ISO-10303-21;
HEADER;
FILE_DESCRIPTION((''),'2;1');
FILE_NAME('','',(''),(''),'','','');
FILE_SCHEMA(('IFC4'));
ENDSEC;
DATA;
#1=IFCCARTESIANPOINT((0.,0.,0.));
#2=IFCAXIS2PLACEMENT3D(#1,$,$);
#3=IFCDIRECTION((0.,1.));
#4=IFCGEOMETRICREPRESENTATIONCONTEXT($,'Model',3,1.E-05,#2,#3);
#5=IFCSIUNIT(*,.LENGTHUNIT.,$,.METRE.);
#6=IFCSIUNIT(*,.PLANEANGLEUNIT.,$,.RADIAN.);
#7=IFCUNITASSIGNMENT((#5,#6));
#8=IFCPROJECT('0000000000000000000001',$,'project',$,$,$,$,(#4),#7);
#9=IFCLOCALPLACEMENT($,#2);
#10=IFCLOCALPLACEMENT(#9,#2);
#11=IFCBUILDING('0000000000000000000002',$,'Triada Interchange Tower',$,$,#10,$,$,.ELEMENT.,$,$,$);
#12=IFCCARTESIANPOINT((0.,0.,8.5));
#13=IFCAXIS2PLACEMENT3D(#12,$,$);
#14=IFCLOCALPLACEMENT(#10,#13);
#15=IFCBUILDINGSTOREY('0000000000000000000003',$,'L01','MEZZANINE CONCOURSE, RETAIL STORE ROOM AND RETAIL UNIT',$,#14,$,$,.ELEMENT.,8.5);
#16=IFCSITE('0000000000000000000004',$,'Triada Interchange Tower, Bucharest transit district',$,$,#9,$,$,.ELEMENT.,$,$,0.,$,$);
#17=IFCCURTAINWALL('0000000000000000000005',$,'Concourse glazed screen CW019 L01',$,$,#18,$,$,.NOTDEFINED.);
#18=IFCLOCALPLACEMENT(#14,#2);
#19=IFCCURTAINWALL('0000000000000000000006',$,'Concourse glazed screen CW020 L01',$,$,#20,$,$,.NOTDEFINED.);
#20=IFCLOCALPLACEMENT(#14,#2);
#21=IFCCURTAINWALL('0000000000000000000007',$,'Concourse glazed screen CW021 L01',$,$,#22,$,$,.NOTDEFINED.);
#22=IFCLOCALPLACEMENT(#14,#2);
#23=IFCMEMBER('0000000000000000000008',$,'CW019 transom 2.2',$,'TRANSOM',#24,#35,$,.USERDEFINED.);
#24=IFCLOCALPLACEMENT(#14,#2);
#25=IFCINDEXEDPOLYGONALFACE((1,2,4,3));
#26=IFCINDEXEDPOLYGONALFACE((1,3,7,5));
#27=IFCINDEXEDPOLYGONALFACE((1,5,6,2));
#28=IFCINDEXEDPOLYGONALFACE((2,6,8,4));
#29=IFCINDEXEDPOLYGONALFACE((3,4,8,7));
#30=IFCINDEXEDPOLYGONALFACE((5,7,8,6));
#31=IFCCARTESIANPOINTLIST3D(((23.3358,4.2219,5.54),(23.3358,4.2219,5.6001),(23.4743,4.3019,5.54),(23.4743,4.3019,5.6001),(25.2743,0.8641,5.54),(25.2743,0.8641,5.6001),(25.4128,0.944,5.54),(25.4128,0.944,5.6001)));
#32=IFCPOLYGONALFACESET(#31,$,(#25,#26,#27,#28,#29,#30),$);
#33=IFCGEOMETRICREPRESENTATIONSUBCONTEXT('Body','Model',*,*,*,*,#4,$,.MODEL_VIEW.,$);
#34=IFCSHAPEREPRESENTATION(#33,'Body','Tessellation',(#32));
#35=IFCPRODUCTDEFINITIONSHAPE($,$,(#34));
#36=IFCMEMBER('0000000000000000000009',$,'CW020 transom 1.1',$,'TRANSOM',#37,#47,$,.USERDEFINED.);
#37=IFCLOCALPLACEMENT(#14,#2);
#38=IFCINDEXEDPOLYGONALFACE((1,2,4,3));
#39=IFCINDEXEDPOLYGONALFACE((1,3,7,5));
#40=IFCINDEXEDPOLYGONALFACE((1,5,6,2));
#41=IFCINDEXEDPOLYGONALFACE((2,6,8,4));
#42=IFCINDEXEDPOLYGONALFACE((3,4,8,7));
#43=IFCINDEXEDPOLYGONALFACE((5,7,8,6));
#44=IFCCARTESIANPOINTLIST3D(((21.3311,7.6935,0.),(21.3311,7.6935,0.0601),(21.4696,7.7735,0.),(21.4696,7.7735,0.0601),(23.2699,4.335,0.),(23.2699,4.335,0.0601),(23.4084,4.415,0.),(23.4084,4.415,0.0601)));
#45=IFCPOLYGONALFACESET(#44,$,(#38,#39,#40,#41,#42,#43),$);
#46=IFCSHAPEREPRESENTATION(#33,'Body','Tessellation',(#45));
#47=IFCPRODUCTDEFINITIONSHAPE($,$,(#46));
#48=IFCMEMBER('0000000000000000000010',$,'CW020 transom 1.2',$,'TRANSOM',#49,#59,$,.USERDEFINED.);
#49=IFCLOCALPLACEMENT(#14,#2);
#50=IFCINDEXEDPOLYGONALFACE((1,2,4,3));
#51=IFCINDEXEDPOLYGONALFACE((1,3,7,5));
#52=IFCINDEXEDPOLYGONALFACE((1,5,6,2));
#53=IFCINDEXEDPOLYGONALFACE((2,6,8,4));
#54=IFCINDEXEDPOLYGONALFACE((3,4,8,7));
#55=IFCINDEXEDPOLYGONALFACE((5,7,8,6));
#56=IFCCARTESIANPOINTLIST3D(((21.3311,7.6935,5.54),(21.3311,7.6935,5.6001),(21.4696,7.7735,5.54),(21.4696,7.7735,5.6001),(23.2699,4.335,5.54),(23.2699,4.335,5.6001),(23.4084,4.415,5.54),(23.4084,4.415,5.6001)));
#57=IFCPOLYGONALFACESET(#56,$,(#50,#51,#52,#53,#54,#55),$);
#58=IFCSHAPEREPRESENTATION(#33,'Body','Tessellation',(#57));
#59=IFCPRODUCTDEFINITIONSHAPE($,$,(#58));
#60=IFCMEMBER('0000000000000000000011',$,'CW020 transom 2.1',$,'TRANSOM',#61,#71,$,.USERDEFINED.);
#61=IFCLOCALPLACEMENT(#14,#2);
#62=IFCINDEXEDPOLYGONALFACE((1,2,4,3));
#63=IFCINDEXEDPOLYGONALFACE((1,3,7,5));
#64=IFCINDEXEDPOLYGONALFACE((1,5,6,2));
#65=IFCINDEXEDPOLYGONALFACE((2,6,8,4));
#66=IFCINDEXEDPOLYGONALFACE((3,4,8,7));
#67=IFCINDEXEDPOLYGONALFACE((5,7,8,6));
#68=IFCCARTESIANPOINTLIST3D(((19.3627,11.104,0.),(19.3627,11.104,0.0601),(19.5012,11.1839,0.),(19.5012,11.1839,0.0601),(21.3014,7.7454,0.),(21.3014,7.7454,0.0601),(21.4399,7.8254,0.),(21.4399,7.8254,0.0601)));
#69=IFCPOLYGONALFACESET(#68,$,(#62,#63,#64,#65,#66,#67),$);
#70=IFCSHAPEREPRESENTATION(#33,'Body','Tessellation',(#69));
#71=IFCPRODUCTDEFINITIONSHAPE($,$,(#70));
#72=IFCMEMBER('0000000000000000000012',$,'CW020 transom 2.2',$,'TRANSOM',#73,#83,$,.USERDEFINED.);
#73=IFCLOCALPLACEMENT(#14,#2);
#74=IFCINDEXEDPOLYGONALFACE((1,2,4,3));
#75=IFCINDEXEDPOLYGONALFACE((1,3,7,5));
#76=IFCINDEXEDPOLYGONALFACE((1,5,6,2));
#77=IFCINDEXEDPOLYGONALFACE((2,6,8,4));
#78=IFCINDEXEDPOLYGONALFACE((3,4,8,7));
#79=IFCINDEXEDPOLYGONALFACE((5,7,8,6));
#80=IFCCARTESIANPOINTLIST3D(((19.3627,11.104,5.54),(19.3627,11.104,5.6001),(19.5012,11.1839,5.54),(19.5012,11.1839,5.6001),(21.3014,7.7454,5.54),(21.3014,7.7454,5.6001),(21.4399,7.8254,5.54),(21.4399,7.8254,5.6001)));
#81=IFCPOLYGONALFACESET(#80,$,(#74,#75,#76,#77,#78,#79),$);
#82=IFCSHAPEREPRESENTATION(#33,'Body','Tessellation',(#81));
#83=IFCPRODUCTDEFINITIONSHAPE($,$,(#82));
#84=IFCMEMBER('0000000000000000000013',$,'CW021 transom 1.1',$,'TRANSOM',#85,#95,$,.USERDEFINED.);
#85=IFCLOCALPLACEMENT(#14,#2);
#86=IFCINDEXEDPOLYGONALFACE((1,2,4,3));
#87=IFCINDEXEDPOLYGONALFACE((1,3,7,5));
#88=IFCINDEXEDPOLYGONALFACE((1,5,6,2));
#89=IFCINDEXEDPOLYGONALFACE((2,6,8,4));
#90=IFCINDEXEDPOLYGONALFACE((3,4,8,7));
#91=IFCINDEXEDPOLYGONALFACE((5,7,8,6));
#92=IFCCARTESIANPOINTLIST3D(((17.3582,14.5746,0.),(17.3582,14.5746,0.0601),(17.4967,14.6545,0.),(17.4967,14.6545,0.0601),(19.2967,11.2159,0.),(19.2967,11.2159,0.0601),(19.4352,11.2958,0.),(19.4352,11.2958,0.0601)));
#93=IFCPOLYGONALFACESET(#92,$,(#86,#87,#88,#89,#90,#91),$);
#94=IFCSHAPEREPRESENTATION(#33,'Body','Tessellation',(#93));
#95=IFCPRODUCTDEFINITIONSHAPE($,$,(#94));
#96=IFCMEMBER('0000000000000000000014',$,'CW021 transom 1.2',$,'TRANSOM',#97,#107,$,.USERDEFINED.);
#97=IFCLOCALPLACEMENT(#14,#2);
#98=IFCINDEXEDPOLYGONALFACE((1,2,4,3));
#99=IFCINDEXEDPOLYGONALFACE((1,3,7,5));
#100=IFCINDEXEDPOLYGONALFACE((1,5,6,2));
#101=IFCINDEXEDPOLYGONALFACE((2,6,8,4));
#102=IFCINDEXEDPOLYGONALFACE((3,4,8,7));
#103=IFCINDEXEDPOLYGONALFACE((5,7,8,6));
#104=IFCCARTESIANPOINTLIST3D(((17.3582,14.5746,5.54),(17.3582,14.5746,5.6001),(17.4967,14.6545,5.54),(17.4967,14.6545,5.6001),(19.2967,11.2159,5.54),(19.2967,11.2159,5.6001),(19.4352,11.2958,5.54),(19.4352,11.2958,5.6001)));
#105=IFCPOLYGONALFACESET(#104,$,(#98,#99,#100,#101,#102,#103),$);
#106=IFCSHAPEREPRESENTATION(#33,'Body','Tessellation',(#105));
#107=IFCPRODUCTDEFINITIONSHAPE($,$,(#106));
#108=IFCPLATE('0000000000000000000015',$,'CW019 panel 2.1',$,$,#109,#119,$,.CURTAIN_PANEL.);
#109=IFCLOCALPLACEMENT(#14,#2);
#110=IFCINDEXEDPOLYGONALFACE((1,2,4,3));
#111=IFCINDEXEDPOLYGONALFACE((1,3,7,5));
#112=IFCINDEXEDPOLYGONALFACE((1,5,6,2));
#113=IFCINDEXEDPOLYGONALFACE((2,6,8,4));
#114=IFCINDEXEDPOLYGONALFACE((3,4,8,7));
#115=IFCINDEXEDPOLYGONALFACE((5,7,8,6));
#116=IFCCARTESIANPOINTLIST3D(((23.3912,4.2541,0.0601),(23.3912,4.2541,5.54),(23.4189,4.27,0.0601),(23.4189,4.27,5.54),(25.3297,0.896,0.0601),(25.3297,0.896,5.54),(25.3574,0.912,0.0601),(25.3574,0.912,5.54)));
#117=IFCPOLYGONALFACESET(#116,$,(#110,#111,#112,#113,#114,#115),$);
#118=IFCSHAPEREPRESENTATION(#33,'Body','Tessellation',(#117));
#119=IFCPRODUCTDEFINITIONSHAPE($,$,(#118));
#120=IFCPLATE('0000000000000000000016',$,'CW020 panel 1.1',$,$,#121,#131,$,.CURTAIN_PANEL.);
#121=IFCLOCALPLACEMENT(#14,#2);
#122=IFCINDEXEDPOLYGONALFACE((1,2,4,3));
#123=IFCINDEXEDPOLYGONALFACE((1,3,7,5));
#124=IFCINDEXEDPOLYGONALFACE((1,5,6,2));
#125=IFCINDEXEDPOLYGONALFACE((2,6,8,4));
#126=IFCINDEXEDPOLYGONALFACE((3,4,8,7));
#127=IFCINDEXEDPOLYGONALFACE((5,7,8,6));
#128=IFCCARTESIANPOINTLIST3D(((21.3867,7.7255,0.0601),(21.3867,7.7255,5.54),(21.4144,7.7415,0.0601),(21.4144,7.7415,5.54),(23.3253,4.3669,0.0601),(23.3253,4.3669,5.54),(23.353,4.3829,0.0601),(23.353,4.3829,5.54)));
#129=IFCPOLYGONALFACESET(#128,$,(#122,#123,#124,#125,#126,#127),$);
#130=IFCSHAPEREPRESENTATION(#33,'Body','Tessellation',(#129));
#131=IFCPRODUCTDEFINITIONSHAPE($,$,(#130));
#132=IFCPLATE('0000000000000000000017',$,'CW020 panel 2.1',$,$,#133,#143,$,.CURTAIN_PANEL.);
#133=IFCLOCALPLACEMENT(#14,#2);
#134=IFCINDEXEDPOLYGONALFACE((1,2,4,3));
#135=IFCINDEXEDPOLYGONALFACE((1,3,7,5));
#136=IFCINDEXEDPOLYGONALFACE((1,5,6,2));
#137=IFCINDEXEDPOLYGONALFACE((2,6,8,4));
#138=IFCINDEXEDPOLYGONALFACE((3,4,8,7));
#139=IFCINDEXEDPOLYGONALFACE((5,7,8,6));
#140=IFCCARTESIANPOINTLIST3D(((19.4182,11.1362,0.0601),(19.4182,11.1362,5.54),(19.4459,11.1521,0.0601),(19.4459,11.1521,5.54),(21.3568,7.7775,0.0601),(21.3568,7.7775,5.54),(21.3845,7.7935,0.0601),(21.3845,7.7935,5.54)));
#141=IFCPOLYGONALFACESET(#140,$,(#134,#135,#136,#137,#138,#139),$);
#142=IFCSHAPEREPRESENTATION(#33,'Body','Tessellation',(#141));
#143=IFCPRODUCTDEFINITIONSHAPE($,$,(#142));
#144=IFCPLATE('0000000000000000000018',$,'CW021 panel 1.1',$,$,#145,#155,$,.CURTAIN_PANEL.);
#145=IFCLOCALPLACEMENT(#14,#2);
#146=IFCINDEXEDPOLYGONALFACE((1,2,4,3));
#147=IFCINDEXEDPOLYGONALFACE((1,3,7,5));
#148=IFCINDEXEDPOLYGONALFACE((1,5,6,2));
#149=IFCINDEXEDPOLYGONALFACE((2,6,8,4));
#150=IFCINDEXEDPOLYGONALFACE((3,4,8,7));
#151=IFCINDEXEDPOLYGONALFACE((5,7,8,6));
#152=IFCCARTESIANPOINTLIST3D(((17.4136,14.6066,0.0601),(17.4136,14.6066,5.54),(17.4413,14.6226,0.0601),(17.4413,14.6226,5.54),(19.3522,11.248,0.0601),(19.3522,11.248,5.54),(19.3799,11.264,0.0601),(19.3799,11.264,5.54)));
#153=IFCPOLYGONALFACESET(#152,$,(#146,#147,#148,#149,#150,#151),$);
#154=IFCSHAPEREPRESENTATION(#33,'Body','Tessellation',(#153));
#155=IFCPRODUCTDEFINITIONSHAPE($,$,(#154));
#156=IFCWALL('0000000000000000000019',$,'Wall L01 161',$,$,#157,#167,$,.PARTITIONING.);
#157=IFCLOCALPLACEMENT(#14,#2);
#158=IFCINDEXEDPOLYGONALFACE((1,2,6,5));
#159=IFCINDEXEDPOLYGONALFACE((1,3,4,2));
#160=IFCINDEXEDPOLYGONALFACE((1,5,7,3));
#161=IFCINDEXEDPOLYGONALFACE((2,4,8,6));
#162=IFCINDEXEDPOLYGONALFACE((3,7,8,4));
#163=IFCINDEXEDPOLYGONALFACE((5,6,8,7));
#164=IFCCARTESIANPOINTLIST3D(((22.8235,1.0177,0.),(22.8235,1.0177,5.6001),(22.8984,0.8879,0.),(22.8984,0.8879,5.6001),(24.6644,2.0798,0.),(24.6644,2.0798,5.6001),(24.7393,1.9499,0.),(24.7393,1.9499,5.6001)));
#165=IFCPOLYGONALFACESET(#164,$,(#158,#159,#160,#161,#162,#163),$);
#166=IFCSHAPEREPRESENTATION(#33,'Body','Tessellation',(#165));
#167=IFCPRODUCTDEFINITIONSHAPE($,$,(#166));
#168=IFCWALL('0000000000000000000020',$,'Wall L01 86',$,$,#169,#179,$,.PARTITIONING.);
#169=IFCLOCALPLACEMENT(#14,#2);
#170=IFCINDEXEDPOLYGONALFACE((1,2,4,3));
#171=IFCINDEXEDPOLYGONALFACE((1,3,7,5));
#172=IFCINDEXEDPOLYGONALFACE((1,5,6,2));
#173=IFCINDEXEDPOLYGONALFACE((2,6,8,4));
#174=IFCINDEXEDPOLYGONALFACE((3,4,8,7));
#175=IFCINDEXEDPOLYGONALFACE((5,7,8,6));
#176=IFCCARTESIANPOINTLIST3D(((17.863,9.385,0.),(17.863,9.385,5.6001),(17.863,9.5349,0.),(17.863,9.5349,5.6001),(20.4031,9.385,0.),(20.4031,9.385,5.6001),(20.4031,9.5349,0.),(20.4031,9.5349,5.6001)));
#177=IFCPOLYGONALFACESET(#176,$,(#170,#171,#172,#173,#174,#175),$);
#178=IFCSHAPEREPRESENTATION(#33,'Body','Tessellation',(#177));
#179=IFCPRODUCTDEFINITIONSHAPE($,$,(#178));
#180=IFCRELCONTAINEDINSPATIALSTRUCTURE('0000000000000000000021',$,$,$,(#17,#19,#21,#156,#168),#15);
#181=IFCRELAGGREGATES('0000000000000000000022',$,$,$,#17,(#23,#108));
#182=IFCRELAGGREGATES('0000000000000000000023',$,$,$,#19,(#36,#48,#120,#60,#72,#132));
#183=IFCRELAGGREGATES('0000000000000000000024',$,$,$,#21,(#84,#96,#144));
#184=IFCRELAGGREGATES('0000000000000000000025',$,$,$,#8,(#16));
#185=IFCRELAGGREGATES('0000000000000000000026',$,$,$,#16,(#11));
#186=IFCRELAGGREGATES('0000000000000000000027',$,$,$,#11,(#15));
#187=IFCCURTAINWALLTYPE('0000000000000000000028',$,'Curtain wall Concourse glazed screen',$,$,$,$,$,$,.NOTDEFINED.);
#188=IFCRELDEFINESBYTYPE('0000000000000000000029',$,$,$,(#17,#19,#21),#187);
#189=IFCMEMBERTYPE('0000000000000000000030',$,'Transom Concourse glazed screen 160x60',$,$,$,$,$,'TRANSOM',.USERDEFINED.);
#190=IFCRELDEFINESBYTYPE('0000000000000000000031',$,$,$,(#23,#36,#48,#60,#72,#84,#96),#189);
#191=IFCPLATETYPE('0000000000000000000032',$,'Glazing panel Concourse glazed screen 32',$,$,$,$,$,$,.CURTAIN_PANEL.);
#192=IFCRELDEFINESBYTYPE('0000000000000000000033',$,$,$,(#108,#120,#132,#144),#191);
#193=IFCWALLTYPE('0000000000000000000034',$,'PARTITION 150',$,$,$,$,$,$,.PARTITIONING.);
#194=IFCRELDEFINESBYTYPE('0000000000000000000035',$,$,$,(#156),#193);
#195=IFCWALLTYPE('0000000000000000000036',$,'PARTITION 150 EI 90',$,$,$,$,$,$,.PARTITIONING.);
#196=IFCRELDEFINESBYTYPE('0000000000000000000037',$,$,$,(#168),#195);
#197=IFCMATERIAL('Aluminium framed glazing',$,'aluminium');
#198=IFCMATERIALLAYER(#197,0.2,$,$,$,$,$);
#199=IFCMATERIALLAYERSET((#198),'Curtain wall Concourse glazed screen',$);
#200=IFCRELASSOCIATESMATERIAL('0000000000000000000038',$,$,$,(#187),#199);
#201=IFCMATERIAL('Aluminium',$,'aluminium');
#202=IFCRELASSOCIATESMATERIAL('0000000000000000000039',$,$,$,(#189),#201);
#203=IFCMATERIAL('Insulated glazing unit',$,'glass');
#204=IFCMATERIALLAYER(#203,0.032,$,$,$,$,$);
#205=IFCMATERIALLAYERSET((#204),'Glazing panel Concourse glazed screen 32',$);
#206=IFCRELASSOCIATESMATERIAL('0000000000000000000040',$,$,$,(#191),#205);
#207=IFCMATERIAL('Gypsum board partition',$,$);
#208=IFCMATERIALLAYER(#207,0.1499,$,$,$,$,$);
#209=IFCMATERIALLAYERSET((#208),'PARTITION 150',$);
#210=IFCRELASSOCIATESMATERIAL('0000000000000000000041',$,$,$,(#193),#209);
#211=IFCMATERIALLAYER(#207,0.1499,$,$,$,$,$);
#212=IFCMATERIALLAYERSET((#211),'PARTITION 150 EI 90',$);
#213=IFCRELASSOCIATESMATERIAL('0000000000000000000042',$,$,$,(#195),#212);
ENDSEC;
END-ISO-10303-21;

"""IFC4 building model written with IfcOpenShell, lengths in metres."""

from ifc_helpers import new_model, si_unit, direction, frame, frame_2d, origin, origin_2d, place, context, subcontext, project, spatial, rectangle, extrude, material, layer, layer_set, material_profile, profile_set, type_object, element, aggregate, save


model = new_model("IFC4")

# Units and contexts
model_context = context("Model", 3, precision=1e-05, world=origin(), true_north=direction((0.0, 1.0)))
body_context = subcontext(model_context, "Body", "Model", "MODEL_VIEW")
ifc_project = project(units=[si_unit("LENGTHUNIT", "METRE"), si_unit("PLANEANGLEUNIT", "RADIAN")], contexts=[model_context])

# Site, building, storey
site_placement = place(None, origin())
site = spatial("IfcSite", under=ifc_project, at=site_placement, Name="Triada Interchange Tower, Bucharest transit district", CompositionType="ELEMENT", RefElevation=0.0)
building_placement = place(site_placement, origin())
building = spatial("IfcBuilding", under=site, at=building_placement, Name="Triada Interchange Tower", CompositionType="ELEMENT")
storey_placement = place(building_placement, frame((0.0, 0.0, 8.5)))
storey = spatial("IfcBuildingStorey", under=building, at=storey_placement, Name="L01", Description="MEZZANINE CONCOURSE, RETAIL STORE ROOM AND RETAIL UNIT", CompositionType="ELEMENT", Elevation=8.5)

# Curtain walls
ifc_material_1 = material(Name="Aluminium framed glazing", Category="aluminium")
ifc_layer_1 = layer(ifc_material_1, 0.2)
ifc_layer_set_1 = layer_set([ifc_layer_1], Name="Curtain wall Concourse glazed screen")
curtain_wall_type = type_object("IfcCurtainWallType", Name="Curtain wall Concourse glazed screen", PredefinedType="NOTDEFINED", material=ifc_layer_set_1)
curtain_wall_1_placement = place(storey_placement, origin())
curtain_wall_1 = element("IfcCurtainWall", 1, at=curtain_wall_1_placement, inside=storey, type_object=curtain_wall_type, Name="Concourse glazed screen CW019 L01", PredefinedType="NOTDEFINED")
ifc_material_2 = material(Name="Aluminium", Category="aluminium")
curtain_wall_2_placement = place(storey_placement, origin())
curtain_wall_2 = element("IfcCurtainWall", 2, at=curtain_wall_2_placement, inside=storey, type_object=curtain_wall_type, Name="Concourse glazed screen CW020 L01", PredefinedType="NOTDEFINED")
curtain_wall_3_placement = place(storey_placement, origin())
curtain_wall_3 = element("IfcCurtainWall", 3, at=curtain_wall_3_placement, inside=storey, type_object=curtain_wall_type, Name="Concourse glazed screen CW021 L01", PredefinedType="NOTDEFINED")

# Members
ifc_material_profile_1 = material_profile(ifc_material_2, rectangle(XDim=0.1599, YDim=0.0601, at=origin_2d()), Name="Aluminium transom")
ifc_profile_set_1 = profile_set([ifc_material_profile_1], Name="Aluminium")
member_type_1 = type_object("IfcMemberType", Name="Transom Concourse glazed screen 160x60", ElementType="TRANSOM", PredefinedType="USERDEFINED", material=ifc_profile_set_1)
member_1_placement = place(storey_placement, frame((25.3435, 0.9041, 5.5701), z_axis=(-0.499959, 0.866049, 0.0), x_axis=(-0.866049, -0.499959, 0.0)))
member_1 = element("IfcMember", 4, at=member_1_placement, type_object=member_type_1, Name="CW019 transom 2.2", ObjectType="TRANSOM", PredefinedType="USERDEFINED", context=body_context, shape_type="SweptSolid", body=[
    extrude(rectangle(XDim=0.1599, YDim=0.0601, at=origin_2d()), origin(), (0.0, 0.0, 1.0), 3.8772),
])
member_2_placement = place(storey_placement, frame((23.3391, 4.375, 0.03), z_axis=(-0.499951, 0.866053, 0.0), x_axis=(-0.866053, -0.499951, 0.0)))
member_2 = element("IfcMember", 5, at=member_2_placement, type_object=member_type_1, Name="CW020 transom 1.1", ObjectType="TRANSOM", PredefinedType="USERDEFINED", context=body_context, shape_type="SweptSolid", body=[
    extrude(rectangle(XDim=0.1599, YDim=0.0601, at=origin_2d()), origin(), (0.0, 0.0, 1.0), 3.8779),
])
member_3_placement = place(storey_placement, frame((23.3391, 4.375, 5.5701), z_axis=(-0.499951, 0.866053, 0.0), x_axis=(-0.866053, -0.499951, 0.0)))
member_3 = element("IfcMember", 6, at=member_3_placement, type_object=member_type_1, Name="CW020 transom 1.2", ObjectType="TRANSOM", PredefinedType="USERDEFINED", context=body_context, shape_type="SweptSolid", body=[
    extrude(rectangle(XDim=0.1599, YDim=0.0601, at=origin_2d()), origin(), (0.0, 0.0, 1.0), 3.8779),
])
member_4_placement = place(storey_placement, frame((21.3706, 7.7854, 0.03), z_axis=(-0.499924, 0.866069, 0.0), x_axis=(-0.866069, -0.499924, 0.0)))
member_4 = element("IfcMember", 7, at=member_4_placement, type_object=member_type_1, Name="CW020 transom 2.1", ObjectType="TRANSOM", PredefinedType="USERDEFINED", context=body_context, shape_type="SweptSolid", body=[
    extrude(rectangle(XDim=0.1599, YDim=0.0601, at=origin_2d()), origin(), (0.0, 0.0, 1.0), 3.8779),
])
member_5_placement = place(storey_placement, frame((21.3706, 7.7854, 5.5701), z_axis=(-0.499924, 0.866069, 0.0), x_axis=(-0.866069, -0.499924, 0.0)))
member_5 = element("IfcMember", 8, at=member_5_placement, type_object=member_type_1, Name="CW020 transom 2.2", ObjectType="TRANSOM", PredefinedType="USERDEFINED", context=body_context, shape_type="SweptSolid", body=[
    extrude(rectangle(XDim=0.1599, YDim=0.0601, at=origin_2d()), origin(), (0.0, 0.0, 1.0), 3.8779),
])
member_6_placement = place(storey_placement, frame((19.366, 11.2559, 0.03), z_axis=(-0.499877, 0.866096, 0.0), x_axis=(-0.866096, -0.499877, 0.0)))
member_6 = element("IfcMember", 9, at=member_6_placement, type_object=member_type_1, Name="CW021 transom 1.1", ObjectType="TRANSOM", PredefinedType="USERDEFINED", context=body_context, shape_type="SweptSolid", body=[
    extrude(rectangle(XDim=0.1599, YDim=0.0601, at=origin_2d()), origin(), (0.0, 0.0, 1.0), 3.8779),
])
member_7_placement = place(storey_placement, frame((19.366, 11.2559, 5.5701), z_axis=(-0.499877, 0.866096, 0.0), x_axis=(-0.866096, -0.499877, 0.0)))
member_7 = element("IfcMember", 10, at=member_7_placement, type_object=member_type_1, Name="CW021 transom 1.2", ObjectType="TRANSOM", PredefinedType="USERDEFINED", context=body_context, shape_type="SweptSolid", body=[
    extrude(rectangle(XDim=0.1599, YDim=0.0601, at=origin_2d()), origin(), (0.0, 0.0, 1.0), 3.8779),
])

# Plates
ifc_material_3 = material(Name="Insulated glazing unit", Category="glass")
ifc_layer_2 = layer(ifc_material_3, 0.032)
ifc_layer_set_2 = layer_set([ifc_layer_2], Name="Glazing panel Concourse glazed screen 32")
plate_type = type_object("IfcPlateType", Name="Glazing panel Concourse glazed screen 32", PredefinedType="CURTAIN_PANEL", material=ifc_layer_set_2)
plate_1_placement = place(storey_placement, frame((24.3743, 2.583, 0.0601), z_axis=(0.0, 0.0, 1.0), x_axis=(-0.499948, 0.866055, 0.0)))
plate_1 = element("IfcPlate", 11, at=plate_1_placement, type_object=plate_type, Name="CW019 panel 2.1", PredefinedType="CURTAIN_PANEL", context=body_context, shape_type="SweptSolid", body=[
    extrude(rectangle(XDim=3.8774, YDim=0.032, at=origin_2d()), origin(), (0.0, 0.0, 1.0), 5.48),
])
aggregate(curtain_wall_1, [member_1, plate_1])
plate_2_placement = place(storey_placement, frame((22.3699, 6.0542, 0.0601), z_axis=(0.0, 0.0, 1.0), x_axis=(-0.499893, 0.866087, 0.0)))
plate_2 = element("IfcPlate", 12, at=plate_2_placement, type_object=plate_type, Name="CW020 panel 1.1", PredefinedType="CURTAIN_PANEL", context=body_context, shape_type="SweptSolid", body=[
    extrude(rectangle(XDim=3.8779, YDim=0.032, at=origin_2d()), origin(), (0.0, 0.0, 1.0), 5.48),
])
plate_3_placement = place(storey_placement, frame((20.4014, 9.4648, 0.0601), z_axis=(0.0, 0.0, 1.0), x_axis=(-0.499893, 0.866087, 0.0)))
plate_3 = element("IfcPlate", 13, at=plate_3_placement, type_object=plate_type, Name="CW020 panel 2.1", PredefinedType="CURTAIN_PANEL", context=body_context, shape_type="SweptSolid", body=[
    extrude(rectangle(XDim=3.8779, YDim=0.032, at=origin_2d()), origin(), (0.0, 0.0, 1.0), 5.48),
])
aggregate(curtain_wall_2, [member_2, member_3, plate_2, member_4, member_5, plate_3])
plate_4_placement = place(storey_placement, frame((18.3967, 12.9353, 0.0601), z_axis=(0.0, 0.0, 1.0), x_axis=(-0.499893, 0.866087, 0.0)))
plate_4 = element("IfcPlate", 14, at=plate_4_placement, type_object=plate_type, Name="CW021 panel 1.1", PredefinedType="CURTAIN_PANEL", context=body_context, shape_type="SweptSolid", body=[
    extrude(rectangle(XDim=3.8779, YDim=0.032, at=origin_2d()), origin(), (0.0, 0.0, 1.0), 5.48),
])
aggregate(curtain_wall_3, [member_6, member_7, plate_4])

# Walls
ifc_material_4 = material(Name="Gypsum board partition")
ifc_layer_3 = layer(ifc_material_4, 0.1499)
ifc_layer_set_3 = layer_set([ifc_layer_3], Name="PARTITION 150")
wall_type_1 = type_object("IfcWallType", Name="PARTITION 150", PredefinedType="PARTITIONING", material=ifc_layer_set_3)
wall_1_placement = place(storey_placement, frame((22.8611, 0.9529, 0.0), z_axis=(0.0, 0.0, 1.0), x_axis=(0.866186, 0.499722, 0.0)))
element("IfcWall", 15, at=wall_1_placement, inside=storey, type_object=wall_type_1, Name="Wall L01 161", PredefinedType="PARTITIONING", context=body_context, shape_type="SweptSolid", body=[
    extrude(rectangle(XDim=2.1252, YDim=0.1499, at=frame_2d((1.0625, 0.0))), origin(), (0.0, 0.0, 1.0), 5.6001),
])
ifc_layer_4 = layer(ifc_material_4, 0.1499)
ifc_layer_set_4 = layer_set([ifc_layer_4], Name="PARTITION 150 EI 90")
wall_type_2 = type_object("IfcWallType", Name="PARTITION 150 EI 90", PredefinedType="PARTITIONING", material=ifc_layer_set_4)
wall_2_placement = place(storey_placement, frame((17.863, 9.46, 0.0), z_axis=(0.0, 0.0, 1.0), x_axis=(1.0, 0.0, 0.0)))
element("IfcWall", 16, at=wall_2_placement, inside=storey, type_object=wall_type_2, Name="Wall L01 86", PredefinedType="PARTITIONING", context=body_context, shape_type="SweptSolid", body=[
    extrude(rectangle(XDim=2.54, YDim=0.1499, at=frame_2d((1.27, 0.0))), origin(), (0.0, 0.0, 1.0), 5.6001),
])

save(model, "model.ifc")
